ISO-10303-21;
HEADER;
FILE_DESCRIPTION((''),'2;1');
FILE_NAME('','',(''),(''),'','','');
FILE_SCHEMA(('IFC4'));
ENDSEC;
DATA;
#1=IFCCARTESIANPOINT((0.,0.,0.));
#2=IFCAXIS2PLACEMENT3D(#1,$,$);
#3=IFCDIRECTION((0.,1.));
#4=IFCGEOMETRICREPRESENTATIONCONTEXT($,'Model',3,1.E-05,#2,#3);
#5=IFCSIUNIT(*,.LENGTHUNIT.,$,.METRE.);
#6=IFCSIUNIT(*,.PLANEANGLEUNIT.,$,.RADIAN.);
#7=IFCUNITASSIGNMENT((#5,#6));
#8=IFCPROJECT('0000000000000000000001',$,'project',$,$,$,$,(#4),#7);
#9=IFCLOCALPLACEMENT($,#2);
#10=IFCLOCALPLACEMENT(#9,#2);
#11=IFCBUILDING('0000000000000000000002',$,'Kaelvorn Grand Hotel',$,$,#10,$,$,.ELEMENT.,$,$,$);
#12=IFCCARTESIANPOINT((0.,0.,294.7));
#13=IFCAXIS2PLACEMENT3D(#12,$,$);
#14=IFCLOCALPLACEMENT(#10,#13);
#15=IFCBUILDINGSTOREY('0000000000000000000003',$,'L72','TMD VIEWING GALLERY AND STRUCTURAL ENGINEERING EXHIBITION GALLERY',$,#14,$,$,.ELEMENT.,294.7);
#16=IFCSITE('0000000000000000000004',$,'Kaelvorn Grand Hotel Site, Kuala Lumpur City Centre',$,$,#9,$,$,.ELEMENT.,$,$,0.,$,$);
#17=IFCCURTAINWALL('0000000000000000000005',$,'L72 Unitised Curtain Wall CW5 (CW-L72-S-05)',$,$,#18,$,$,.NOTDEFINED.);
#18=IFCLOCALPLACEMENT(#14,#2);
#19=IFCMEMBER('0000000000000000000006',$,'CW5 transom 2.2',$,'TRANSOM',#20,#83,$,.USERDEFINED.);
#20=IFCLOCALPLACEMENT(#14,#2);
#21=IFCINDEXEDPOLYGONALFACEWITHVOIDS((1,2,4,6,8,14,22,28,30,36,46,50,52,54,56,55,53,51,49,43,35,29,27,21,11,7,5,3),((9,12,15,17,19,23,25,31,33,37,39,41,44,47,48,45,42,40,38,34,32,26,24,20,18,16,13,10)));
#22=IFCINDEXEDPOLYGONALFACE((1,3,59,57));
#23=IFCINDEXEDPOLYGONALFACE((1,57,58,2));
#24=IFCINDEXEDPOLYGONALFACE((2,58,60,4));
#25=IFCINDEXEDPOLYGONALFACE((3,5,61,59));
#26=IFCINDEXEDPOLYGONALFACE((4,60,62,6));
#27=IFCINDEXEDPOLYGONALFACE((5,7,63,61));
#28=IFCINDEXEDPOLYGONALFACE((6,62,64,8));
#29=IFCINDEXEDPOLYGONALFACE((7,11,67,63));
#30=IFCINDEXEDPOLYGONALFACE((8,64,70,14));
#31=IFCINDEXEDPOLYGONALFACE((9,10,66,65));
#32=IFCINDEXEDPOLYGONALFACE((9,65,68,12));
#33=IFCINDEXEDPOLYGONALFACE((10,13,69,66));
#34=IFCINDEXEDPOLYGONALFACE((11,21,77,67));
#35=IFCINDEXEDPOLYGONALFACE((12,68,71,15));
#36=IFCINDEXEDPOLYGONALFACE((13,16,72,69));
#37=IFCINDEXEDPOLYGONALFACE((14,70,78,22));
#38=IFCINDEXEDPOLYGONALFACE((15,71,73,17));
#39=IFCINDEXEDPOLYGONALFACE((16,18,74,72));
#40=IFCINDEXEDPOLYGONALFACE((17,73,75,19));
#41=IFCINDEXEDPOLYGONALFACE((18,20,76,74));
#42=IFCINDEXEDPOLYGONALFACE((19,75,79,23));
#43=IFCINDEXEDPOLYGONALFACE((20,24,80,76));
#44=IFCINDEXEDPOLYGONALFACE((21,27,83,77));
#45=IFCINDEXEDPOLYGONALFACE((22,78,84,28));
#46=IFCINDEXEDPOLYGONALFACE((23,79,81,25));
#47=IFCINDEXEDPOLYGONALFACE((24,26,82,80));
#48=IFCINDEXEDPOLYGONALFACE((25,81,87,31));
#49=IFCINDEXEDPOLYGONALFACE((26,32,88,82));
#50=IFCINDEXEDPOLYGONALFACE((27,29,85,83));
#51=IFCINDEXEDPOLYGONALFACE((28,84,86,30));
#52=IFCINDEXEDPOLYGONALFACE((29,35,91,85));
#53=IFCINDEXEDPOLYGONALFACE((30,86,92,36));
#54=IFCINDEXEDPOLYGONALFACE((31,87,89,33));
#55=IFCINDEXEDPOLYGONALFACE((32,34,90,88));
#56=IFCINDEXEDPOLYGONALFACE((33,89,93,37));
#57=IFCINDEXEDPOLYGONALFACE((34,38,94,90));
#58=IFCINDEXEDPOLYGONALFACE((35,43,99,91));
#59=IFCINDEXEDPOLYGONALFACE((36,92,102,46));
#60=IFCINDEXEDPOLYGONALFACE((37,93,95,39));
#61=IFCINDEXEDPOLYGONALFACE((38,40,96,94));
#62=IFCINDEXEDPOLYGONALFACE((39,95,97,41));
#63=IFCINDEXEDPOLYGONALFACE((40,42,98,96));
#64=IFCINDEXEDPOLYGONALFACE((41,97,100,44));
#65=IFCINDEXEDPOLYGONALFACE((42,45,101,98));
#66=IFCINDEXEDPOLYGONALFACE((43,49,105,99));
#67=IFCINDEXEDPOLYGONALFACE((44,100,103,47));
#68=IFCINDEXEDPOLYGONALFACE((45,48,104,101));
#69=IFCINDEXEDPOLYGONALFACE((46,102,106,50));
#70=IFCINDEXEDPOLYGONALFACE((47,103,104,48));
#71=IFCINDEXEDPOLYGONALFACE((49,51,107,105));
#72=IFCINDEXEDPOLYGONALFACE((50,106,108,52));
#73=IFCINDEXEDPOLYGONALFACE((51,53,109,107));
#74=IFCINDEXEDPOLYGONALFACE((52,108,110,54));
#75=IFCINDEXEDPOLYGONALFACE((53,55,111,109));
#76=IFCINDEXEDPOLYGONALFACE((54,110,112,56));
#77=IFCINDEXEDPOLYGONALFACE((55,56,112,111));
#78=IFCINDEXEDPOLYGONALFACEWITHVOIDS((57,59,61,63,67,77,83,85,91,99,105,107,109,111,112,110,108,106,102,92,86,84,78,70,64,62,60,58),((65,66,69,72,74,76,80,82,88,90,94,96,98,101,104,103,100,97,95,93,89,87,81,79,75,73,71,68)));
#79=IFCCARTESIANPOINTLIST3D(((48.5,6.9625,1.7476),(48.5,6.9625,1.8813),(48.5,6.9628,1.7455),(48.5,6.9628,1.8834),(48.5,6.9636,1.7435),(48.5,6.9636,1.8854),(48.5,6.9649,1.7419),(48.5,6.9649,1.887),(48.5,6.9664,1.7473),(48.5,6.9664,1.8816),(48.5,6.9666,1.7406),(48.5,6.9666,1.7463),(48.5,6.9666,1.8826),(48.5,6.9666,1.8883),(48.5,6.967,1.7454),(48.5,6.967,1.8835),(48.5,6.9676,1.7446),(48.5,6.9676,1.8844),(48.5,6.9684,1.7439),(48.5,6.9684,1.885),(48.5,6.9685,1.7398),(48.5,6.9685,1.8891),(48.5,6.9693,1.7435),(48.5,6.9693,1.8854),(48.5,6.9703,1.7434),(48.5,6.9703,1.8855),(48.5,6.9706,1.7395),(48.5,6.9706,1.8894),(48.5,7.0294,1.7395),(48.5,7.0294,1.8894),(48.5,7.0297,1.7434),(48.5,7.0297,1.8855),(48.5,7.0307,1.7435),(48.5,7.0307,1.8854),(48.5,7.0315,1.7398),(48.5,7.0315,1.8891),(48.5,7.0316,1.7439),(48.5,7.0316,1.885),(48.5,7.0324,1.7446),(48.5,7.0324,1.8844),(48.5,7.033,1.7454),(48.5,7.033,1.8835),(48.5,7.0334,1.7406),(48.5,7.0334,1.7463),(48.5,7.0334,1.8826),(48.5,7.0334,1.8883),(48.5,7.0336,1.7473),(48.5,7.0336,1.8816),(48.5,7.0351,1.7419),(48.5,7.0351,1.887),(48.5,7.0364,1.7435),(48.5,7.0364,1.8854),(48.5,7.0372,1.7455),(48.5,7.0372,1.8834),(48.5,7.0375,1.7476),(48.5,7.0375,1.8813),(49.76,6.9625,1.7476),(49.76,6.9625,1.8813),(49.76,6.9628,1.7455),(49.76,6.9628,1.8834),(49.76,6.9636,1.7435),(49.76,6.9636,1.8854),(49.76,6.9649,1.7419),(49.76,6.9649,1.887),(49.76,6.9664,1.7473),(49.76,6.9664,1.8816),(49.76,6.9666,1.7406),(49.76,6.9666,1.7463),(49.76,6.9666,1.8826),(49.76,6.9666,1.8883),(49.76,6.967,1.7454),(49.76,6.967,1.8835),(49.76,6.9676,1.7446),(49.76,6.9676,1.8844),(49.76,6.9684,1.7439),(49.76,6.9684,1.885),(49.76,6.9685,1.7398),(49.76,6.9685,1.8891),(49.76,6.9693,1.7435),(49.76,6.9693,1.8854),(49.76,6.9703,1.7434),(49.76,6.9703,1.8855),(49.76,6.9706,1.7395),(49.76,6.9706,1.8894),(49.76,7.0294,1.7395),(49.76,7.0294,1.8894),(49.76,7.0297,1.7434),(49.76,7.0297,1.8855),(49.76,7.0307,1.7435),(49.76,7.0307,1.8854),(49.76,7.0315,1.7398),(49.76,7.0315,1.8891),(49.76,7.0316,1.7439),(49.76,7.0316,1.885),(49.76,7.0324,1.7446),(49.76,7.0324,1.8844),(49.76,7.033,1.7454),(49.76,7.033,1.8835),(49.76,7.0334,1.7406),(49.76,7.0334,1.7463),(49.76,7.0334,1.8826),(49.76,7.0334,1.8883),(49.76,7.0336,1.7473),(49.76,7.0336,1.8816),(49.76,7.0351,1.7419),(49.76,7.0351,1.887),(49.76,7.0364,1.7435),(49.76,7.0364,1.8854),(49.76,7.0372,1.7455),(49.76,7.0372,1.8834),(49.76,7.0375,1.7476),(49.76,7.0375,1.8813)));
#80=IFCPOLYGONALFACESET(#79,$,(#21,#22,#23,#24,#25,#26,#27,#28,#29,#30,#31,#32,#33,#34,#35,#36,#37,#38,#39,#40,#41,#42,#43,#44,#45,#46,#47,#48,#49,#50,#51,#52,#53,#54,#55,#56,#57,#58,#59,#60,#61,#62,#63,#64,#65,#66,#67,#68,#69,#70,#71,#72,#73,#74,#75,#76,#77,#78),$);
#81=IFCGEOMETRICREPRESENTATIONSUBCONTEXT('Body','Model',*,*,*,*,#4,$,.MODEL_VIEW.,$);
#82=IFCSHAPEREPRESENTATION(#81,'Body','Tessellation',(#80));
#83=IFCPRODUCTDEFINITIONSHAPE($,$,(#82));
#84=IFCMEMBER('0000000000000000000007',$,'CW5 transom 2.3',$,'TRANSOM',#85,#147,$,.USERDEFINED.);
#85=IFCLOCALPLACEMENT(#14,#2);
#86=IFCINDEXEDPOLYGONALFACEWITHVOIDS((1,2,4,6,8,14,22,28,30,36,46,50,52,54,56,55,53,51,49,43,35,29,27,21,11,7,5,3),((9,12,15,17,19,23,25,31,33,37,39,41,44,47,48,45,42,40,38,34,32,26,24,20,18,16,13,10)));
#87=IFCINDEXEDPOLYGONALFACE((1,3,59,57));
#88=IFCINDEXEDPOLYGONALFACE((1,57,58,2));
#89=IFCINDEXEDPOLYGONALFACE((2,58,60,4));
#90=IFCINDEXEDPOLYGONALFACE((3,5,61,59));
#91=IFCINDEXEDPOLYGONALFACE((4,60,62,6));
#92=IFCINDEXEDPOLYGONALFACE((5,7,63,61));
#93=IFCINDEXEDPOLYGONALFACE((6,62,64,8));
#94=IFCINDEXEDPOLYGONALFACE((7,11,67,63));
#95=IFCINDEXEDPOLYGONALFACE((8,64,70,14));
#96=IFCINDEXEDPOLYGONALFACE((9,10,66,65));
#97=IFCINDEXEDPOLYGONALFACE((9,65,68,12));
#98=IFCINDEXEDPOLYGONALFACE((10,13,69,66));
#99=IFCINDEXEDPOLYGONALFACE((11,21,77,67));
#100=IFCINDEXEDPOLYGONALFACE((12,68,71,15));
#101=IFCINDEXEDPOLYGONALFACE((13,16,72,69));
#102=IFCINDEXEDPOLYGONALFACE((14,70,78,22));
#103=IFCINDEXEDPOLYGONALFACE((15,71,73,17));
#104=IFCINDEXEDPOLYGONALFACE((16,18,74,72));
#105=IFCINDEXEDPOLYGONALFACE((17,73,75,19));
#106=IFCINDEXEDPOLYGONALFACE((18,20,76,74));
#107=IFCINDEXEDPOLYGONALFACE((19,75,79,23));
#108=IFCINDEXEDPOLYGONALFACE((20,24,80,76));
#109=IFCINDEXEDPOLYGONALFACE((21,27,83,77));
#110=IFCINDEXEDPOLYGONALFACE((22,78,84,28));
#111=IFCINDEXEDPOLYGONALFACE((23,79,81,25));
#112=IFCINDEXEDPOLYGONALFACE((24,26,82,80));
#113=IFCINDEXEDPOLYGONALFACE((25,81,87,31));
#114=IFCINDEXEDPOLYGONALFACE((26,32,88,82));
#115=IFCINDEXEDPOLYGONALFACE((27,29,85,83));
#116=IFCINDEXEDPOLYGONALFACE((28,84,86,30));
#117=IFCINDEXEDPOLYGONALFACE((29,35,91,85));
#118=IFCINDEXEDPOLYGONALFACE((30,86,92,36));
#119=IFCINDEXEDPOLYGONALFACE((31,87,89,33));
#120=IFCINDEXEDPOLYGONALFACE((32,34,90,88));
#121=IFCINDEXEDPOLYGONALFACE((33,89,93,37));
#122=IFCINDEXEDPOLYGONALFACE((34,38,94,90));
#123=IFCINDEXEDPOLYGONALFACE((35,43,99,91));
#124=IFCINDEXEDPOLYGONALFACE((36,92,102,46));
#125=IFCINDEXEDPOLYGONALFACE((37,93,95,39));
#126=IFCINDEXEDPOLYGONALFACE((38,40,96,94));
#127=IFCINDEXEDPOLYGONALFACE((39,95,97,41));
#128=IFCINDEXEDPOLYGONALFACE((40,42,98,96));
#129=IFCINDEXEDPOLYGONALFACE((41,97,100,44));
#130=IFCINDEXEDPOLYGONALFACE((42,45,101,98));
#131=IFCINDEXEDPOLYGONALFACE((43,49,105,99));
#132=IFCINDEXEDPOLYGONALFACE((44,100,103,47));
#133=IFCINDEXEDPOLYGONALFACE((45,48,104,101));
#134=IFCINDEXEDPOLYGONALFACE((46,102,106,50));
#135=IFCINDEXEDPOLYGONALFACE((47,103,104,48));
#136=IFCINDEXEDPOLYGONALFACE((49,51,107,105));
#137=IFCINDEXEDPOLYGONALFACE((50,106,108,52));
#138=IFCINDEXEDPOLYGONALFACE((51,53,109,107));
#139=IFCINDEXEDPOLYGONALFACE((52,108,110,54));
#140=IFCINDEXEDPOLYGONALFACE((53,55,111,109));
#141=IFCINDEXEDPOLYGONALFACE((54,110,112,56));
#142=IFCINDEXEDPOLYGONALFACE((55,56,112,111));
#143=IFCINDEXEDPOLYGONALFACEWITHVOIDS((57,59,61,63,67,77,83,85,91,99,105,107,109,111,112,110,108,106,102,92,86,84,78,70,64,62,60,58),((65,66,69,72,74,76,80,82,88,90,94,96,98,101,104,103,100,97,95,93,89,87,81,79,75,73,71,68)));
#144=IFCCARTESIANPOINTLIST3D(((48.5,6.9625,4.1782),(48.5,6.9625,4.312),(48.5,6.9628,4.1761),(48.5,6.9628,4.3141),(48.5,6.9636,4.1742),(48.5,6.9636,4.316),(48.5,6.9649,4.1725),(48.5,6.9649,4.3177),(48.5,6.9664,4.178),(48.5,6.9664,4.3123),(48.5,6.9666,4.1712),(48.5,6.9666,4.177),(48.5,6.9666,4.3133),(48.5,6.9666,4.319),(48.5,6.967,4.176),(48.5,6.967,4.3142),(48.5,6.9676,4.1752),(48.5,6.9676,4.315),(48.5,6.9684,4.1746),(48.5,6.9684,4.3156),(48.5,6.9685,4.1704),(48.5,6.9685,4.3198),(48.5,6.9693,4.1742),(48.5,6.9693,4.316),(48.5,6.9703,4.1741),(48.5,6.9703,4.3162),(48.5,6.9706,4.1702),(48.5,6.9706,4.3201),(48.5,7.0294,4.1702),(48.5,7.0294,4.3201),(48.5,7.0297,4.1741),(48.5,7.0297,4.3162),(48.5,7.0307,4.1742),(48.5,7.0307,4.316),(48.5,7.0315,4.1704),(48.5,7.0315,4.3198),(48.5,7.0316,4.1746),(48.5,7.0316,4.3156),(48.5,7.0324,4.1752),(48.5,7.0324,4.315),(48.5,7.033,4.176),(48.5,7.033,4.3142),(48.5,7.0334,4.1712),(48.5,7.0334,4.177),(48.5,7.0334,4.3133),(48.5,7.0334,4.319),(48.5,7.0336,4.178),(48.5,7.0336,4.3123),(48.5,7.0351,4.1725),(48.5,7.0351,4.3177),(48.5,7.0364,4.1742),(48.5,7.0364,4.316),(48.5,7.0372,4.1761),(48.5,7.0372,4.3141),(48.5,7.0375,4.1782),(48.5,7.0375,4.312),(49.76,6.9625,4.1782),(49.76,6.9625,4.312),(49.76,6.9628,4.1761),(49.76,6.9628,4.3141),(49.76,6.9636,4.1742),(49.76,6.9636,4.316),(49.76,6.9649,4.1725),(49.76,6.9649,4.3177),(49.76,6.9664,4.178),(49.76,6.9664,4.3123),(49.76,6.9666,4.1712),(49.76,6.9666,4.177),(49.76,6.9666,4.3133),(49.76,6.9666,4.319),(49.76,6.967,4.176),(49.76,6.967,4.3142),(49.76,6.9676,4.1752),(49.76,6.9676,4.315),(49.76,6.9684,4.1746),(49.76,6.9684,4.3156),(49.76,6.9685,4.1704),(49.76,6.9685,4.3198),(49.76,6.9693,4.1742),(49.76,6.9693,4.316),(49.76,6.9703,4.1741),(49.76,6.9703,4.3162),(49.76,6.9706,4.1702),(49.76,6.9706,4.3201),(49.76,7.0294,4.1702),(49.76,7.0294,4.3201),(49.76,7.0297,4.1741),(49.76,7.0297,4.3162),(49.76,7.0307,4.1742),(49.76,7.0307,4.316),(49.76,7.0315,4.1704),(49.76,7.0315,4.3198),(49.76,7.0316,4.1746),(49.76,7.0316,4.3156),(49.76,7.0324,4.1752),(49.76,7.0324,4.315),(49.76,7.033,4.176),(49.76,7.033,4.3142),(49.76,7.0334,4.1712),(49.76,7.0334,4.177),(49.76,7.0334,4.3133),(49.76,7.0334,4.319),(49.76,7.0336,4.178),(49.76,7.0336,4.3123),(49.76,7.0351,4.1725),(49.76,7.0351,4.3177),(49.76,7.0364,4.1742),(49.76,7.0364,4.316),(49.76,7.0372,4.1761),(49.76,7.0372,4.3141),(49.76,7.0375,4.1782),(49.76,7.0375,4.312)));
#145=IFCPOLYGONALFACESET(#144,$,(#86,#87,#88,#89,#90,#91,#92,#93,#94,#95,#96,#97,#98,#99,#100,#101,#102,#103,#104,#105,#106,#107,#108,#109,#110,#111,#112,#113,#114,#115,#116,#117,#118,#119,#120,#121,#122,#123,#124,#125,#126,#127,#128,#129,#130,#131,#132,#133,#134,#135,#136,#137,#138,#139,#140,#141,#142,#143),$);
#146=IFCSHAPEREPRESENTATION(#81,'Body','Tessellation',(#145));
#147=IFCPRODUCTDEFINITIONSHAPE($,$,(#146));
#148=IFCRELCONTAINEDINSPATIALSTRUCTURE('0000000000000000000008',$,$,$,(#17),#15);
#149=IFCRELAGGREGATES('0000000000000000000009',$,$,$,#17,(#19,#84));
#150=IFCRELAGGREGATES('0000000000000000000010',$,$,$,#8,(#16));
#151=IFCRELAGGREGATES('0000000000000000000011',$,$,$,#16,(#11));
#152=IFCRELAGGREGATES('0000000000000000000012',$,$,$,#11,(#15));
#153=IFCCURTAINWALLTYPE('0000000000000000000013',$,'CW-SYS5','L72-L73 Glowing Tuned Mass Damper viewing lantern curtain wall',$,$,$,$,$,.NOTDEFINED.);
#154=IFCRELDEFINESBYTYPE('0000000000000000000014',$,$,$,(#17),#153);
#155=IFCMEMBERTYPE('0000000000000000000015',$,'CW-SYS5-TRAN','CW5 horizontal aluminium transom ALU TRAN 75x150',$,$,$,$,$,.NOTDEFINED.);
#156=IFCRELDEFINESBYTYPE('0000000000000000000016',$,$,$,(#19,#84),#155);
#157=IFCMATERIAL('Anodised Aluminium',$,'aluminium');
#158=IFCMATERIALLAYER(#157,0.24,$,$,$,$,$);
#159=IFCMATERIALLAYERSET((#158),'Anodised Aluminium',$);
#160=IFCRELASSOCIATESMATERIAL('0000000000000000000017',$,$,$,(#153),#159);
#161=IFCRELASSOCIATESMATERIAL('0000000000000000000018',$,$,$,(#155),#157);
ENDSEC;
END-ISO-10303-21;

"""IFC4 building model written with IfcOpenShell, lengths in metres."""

from ifc_helpers import new_model, si_unit, direction, frame, origin, origin_2d, place, context, subcontext, project, spatial, hollow_rectangle, extrude, material, layer, layer_set, material_profile, profile_set, type_object, element, aggregate, save


model = new_model("IFC4")

# Units and contexts
model_context = context("Model", 3, precision=1e-05, world=origin(), true_north=direction((0.0, 1.0)))
body_context = subcontext(model_context, "Body", "Model", "MODEL_VIEW")
ifc_project = project(units=[si_unit("LENGTHUNIT", "METRE"), si_unit("PLANEANGLEUNIT", "RADIAN")], contexts=[model_context])

# Site, building, storey
site_placement = place(None, origin())
site = spatial("IfcSite", under=ifc_project, at=site_placement, Name="Kaelvorn Grand Hotel Site, Kuala Lumpur City Centre", CompositionType="ELEMENT", RefElevation=0.0)
building_placement = place(site_placement, origin())
building = spatial("IfcBuilding", under=site, at=building_placement, Name="Kaelvorn Grand Hotel", CompositionType="ELEMENT")
storey_placement = place(building_placement, frame((0.0, 0.0, 294.7)))
storey = spatial("IfcBuildingStorey", under=building, at=storey_placement, Name="L72", Description="TMD VIEWING GALLERY AND STRUCTURAL ENGINEERING EXHIBITION GALLERY", CompositionType="ELEMENT", Elevation=294.7)

# Curtain wall, members
ifc_material_1 = material(Name="Anodised Aluminium", Category="aluminium")
ifc_layer_1 = layer(ifc_material_1, 0.24)
ifc_layer_set_1 = layer_set([ifc_layer_1], Name="Anodised Aluminium")
curtain_wall_type = type_object("IfcCurtainWallType", Name="CW-SYS5", Description="L72-L73 Glowing Tuned Mass Damper viewing lantern curtain wall", PredefinedType="NOTDEFINED", material=ifc_layer_set_1)
curtain_wall_placement = place(storey_placement, origin())
curtain_wall = element("IfcCurtainWall", 1, at=curtain_wall_placement, inside=storey, type_object=curtain_wall_type, Name="L72 Unitised Curtain Wall CW5 (CW-L72-S-05)", PredefinedType="NOTDEFINED")
ifc_material_profile_1 = material_profile(ifc_material_1, hollow_rectangle(XDim=0.075, YDim=0.1499, WallThickness=0.0039, InnerFilletRadius=0.0039, OuterFilletRadius=0.0081, at=origin_2d()), Name="ALU TRAN 75x150")
ifc_profile_set_1 = profile_set([ifc_material_profile_1], Name="Anodised Aluminium")
member_type_1 = type_object("IfcMemberType", Name="CW-SYS5-TRAN", Description="CW5 horizontal aluminium transom ALU TRAN 75x150", PredefinedType="NOTDEFINED", material=ifc_profile_set_1)
member_1_placement = place(storey_placement, frame((48.5, 7.0, 1.8145), z_axis=(1.0, 0.0, 0.0), x_axis=(0.0, 1.0, 0.0)))
member_1 = element("IfcMember", 2, at=member_1_placement, type_object=member_type_1, Name="CW5 transom 2.2", ObjectType="TRANSOM", PredefinedType="USERDEFINED", context=body_context, shape_type="SweptSolid", body=[
    extrude(hollow_rectangle(XDim=0.075, YDim=0.1499, WallThickness=0.0039, InnerFilletRadius=0.0039, OuterFilletRadius=0.0081, at=origin_2d()), origin(), (0.0, 0.0, 1.0), 1.26),
])
member_2_placement = place(storey_placement, frame((48.5, 7.0, 4.2451), z_axis=(1.0, 0.0, 0.0), x_axis=(0.0, 1.0, 0.0)))
member_2 = element("IfcMember", 3, at=member_2_placement, type_object=member_type_1, Name="CW5 transom 2.3", ObjectType="TRANSOM", PredefinedType="USERDEFINED", context=body_context, shape_type="SweptSolid", body=[
    extrude(hollow_rectangle(XDim=0.075, YDim=0.1499, WallThickness=0.0039, InnerFilletRadius=0.0039, OuterFilletRadius=0.0081, at=origin_2d()), origin(), (0.0, 0.0, 1.0), 1.26),
])
aggregate(curtain_wall, [member_1, member_2])

save(model, "model.ifc")
